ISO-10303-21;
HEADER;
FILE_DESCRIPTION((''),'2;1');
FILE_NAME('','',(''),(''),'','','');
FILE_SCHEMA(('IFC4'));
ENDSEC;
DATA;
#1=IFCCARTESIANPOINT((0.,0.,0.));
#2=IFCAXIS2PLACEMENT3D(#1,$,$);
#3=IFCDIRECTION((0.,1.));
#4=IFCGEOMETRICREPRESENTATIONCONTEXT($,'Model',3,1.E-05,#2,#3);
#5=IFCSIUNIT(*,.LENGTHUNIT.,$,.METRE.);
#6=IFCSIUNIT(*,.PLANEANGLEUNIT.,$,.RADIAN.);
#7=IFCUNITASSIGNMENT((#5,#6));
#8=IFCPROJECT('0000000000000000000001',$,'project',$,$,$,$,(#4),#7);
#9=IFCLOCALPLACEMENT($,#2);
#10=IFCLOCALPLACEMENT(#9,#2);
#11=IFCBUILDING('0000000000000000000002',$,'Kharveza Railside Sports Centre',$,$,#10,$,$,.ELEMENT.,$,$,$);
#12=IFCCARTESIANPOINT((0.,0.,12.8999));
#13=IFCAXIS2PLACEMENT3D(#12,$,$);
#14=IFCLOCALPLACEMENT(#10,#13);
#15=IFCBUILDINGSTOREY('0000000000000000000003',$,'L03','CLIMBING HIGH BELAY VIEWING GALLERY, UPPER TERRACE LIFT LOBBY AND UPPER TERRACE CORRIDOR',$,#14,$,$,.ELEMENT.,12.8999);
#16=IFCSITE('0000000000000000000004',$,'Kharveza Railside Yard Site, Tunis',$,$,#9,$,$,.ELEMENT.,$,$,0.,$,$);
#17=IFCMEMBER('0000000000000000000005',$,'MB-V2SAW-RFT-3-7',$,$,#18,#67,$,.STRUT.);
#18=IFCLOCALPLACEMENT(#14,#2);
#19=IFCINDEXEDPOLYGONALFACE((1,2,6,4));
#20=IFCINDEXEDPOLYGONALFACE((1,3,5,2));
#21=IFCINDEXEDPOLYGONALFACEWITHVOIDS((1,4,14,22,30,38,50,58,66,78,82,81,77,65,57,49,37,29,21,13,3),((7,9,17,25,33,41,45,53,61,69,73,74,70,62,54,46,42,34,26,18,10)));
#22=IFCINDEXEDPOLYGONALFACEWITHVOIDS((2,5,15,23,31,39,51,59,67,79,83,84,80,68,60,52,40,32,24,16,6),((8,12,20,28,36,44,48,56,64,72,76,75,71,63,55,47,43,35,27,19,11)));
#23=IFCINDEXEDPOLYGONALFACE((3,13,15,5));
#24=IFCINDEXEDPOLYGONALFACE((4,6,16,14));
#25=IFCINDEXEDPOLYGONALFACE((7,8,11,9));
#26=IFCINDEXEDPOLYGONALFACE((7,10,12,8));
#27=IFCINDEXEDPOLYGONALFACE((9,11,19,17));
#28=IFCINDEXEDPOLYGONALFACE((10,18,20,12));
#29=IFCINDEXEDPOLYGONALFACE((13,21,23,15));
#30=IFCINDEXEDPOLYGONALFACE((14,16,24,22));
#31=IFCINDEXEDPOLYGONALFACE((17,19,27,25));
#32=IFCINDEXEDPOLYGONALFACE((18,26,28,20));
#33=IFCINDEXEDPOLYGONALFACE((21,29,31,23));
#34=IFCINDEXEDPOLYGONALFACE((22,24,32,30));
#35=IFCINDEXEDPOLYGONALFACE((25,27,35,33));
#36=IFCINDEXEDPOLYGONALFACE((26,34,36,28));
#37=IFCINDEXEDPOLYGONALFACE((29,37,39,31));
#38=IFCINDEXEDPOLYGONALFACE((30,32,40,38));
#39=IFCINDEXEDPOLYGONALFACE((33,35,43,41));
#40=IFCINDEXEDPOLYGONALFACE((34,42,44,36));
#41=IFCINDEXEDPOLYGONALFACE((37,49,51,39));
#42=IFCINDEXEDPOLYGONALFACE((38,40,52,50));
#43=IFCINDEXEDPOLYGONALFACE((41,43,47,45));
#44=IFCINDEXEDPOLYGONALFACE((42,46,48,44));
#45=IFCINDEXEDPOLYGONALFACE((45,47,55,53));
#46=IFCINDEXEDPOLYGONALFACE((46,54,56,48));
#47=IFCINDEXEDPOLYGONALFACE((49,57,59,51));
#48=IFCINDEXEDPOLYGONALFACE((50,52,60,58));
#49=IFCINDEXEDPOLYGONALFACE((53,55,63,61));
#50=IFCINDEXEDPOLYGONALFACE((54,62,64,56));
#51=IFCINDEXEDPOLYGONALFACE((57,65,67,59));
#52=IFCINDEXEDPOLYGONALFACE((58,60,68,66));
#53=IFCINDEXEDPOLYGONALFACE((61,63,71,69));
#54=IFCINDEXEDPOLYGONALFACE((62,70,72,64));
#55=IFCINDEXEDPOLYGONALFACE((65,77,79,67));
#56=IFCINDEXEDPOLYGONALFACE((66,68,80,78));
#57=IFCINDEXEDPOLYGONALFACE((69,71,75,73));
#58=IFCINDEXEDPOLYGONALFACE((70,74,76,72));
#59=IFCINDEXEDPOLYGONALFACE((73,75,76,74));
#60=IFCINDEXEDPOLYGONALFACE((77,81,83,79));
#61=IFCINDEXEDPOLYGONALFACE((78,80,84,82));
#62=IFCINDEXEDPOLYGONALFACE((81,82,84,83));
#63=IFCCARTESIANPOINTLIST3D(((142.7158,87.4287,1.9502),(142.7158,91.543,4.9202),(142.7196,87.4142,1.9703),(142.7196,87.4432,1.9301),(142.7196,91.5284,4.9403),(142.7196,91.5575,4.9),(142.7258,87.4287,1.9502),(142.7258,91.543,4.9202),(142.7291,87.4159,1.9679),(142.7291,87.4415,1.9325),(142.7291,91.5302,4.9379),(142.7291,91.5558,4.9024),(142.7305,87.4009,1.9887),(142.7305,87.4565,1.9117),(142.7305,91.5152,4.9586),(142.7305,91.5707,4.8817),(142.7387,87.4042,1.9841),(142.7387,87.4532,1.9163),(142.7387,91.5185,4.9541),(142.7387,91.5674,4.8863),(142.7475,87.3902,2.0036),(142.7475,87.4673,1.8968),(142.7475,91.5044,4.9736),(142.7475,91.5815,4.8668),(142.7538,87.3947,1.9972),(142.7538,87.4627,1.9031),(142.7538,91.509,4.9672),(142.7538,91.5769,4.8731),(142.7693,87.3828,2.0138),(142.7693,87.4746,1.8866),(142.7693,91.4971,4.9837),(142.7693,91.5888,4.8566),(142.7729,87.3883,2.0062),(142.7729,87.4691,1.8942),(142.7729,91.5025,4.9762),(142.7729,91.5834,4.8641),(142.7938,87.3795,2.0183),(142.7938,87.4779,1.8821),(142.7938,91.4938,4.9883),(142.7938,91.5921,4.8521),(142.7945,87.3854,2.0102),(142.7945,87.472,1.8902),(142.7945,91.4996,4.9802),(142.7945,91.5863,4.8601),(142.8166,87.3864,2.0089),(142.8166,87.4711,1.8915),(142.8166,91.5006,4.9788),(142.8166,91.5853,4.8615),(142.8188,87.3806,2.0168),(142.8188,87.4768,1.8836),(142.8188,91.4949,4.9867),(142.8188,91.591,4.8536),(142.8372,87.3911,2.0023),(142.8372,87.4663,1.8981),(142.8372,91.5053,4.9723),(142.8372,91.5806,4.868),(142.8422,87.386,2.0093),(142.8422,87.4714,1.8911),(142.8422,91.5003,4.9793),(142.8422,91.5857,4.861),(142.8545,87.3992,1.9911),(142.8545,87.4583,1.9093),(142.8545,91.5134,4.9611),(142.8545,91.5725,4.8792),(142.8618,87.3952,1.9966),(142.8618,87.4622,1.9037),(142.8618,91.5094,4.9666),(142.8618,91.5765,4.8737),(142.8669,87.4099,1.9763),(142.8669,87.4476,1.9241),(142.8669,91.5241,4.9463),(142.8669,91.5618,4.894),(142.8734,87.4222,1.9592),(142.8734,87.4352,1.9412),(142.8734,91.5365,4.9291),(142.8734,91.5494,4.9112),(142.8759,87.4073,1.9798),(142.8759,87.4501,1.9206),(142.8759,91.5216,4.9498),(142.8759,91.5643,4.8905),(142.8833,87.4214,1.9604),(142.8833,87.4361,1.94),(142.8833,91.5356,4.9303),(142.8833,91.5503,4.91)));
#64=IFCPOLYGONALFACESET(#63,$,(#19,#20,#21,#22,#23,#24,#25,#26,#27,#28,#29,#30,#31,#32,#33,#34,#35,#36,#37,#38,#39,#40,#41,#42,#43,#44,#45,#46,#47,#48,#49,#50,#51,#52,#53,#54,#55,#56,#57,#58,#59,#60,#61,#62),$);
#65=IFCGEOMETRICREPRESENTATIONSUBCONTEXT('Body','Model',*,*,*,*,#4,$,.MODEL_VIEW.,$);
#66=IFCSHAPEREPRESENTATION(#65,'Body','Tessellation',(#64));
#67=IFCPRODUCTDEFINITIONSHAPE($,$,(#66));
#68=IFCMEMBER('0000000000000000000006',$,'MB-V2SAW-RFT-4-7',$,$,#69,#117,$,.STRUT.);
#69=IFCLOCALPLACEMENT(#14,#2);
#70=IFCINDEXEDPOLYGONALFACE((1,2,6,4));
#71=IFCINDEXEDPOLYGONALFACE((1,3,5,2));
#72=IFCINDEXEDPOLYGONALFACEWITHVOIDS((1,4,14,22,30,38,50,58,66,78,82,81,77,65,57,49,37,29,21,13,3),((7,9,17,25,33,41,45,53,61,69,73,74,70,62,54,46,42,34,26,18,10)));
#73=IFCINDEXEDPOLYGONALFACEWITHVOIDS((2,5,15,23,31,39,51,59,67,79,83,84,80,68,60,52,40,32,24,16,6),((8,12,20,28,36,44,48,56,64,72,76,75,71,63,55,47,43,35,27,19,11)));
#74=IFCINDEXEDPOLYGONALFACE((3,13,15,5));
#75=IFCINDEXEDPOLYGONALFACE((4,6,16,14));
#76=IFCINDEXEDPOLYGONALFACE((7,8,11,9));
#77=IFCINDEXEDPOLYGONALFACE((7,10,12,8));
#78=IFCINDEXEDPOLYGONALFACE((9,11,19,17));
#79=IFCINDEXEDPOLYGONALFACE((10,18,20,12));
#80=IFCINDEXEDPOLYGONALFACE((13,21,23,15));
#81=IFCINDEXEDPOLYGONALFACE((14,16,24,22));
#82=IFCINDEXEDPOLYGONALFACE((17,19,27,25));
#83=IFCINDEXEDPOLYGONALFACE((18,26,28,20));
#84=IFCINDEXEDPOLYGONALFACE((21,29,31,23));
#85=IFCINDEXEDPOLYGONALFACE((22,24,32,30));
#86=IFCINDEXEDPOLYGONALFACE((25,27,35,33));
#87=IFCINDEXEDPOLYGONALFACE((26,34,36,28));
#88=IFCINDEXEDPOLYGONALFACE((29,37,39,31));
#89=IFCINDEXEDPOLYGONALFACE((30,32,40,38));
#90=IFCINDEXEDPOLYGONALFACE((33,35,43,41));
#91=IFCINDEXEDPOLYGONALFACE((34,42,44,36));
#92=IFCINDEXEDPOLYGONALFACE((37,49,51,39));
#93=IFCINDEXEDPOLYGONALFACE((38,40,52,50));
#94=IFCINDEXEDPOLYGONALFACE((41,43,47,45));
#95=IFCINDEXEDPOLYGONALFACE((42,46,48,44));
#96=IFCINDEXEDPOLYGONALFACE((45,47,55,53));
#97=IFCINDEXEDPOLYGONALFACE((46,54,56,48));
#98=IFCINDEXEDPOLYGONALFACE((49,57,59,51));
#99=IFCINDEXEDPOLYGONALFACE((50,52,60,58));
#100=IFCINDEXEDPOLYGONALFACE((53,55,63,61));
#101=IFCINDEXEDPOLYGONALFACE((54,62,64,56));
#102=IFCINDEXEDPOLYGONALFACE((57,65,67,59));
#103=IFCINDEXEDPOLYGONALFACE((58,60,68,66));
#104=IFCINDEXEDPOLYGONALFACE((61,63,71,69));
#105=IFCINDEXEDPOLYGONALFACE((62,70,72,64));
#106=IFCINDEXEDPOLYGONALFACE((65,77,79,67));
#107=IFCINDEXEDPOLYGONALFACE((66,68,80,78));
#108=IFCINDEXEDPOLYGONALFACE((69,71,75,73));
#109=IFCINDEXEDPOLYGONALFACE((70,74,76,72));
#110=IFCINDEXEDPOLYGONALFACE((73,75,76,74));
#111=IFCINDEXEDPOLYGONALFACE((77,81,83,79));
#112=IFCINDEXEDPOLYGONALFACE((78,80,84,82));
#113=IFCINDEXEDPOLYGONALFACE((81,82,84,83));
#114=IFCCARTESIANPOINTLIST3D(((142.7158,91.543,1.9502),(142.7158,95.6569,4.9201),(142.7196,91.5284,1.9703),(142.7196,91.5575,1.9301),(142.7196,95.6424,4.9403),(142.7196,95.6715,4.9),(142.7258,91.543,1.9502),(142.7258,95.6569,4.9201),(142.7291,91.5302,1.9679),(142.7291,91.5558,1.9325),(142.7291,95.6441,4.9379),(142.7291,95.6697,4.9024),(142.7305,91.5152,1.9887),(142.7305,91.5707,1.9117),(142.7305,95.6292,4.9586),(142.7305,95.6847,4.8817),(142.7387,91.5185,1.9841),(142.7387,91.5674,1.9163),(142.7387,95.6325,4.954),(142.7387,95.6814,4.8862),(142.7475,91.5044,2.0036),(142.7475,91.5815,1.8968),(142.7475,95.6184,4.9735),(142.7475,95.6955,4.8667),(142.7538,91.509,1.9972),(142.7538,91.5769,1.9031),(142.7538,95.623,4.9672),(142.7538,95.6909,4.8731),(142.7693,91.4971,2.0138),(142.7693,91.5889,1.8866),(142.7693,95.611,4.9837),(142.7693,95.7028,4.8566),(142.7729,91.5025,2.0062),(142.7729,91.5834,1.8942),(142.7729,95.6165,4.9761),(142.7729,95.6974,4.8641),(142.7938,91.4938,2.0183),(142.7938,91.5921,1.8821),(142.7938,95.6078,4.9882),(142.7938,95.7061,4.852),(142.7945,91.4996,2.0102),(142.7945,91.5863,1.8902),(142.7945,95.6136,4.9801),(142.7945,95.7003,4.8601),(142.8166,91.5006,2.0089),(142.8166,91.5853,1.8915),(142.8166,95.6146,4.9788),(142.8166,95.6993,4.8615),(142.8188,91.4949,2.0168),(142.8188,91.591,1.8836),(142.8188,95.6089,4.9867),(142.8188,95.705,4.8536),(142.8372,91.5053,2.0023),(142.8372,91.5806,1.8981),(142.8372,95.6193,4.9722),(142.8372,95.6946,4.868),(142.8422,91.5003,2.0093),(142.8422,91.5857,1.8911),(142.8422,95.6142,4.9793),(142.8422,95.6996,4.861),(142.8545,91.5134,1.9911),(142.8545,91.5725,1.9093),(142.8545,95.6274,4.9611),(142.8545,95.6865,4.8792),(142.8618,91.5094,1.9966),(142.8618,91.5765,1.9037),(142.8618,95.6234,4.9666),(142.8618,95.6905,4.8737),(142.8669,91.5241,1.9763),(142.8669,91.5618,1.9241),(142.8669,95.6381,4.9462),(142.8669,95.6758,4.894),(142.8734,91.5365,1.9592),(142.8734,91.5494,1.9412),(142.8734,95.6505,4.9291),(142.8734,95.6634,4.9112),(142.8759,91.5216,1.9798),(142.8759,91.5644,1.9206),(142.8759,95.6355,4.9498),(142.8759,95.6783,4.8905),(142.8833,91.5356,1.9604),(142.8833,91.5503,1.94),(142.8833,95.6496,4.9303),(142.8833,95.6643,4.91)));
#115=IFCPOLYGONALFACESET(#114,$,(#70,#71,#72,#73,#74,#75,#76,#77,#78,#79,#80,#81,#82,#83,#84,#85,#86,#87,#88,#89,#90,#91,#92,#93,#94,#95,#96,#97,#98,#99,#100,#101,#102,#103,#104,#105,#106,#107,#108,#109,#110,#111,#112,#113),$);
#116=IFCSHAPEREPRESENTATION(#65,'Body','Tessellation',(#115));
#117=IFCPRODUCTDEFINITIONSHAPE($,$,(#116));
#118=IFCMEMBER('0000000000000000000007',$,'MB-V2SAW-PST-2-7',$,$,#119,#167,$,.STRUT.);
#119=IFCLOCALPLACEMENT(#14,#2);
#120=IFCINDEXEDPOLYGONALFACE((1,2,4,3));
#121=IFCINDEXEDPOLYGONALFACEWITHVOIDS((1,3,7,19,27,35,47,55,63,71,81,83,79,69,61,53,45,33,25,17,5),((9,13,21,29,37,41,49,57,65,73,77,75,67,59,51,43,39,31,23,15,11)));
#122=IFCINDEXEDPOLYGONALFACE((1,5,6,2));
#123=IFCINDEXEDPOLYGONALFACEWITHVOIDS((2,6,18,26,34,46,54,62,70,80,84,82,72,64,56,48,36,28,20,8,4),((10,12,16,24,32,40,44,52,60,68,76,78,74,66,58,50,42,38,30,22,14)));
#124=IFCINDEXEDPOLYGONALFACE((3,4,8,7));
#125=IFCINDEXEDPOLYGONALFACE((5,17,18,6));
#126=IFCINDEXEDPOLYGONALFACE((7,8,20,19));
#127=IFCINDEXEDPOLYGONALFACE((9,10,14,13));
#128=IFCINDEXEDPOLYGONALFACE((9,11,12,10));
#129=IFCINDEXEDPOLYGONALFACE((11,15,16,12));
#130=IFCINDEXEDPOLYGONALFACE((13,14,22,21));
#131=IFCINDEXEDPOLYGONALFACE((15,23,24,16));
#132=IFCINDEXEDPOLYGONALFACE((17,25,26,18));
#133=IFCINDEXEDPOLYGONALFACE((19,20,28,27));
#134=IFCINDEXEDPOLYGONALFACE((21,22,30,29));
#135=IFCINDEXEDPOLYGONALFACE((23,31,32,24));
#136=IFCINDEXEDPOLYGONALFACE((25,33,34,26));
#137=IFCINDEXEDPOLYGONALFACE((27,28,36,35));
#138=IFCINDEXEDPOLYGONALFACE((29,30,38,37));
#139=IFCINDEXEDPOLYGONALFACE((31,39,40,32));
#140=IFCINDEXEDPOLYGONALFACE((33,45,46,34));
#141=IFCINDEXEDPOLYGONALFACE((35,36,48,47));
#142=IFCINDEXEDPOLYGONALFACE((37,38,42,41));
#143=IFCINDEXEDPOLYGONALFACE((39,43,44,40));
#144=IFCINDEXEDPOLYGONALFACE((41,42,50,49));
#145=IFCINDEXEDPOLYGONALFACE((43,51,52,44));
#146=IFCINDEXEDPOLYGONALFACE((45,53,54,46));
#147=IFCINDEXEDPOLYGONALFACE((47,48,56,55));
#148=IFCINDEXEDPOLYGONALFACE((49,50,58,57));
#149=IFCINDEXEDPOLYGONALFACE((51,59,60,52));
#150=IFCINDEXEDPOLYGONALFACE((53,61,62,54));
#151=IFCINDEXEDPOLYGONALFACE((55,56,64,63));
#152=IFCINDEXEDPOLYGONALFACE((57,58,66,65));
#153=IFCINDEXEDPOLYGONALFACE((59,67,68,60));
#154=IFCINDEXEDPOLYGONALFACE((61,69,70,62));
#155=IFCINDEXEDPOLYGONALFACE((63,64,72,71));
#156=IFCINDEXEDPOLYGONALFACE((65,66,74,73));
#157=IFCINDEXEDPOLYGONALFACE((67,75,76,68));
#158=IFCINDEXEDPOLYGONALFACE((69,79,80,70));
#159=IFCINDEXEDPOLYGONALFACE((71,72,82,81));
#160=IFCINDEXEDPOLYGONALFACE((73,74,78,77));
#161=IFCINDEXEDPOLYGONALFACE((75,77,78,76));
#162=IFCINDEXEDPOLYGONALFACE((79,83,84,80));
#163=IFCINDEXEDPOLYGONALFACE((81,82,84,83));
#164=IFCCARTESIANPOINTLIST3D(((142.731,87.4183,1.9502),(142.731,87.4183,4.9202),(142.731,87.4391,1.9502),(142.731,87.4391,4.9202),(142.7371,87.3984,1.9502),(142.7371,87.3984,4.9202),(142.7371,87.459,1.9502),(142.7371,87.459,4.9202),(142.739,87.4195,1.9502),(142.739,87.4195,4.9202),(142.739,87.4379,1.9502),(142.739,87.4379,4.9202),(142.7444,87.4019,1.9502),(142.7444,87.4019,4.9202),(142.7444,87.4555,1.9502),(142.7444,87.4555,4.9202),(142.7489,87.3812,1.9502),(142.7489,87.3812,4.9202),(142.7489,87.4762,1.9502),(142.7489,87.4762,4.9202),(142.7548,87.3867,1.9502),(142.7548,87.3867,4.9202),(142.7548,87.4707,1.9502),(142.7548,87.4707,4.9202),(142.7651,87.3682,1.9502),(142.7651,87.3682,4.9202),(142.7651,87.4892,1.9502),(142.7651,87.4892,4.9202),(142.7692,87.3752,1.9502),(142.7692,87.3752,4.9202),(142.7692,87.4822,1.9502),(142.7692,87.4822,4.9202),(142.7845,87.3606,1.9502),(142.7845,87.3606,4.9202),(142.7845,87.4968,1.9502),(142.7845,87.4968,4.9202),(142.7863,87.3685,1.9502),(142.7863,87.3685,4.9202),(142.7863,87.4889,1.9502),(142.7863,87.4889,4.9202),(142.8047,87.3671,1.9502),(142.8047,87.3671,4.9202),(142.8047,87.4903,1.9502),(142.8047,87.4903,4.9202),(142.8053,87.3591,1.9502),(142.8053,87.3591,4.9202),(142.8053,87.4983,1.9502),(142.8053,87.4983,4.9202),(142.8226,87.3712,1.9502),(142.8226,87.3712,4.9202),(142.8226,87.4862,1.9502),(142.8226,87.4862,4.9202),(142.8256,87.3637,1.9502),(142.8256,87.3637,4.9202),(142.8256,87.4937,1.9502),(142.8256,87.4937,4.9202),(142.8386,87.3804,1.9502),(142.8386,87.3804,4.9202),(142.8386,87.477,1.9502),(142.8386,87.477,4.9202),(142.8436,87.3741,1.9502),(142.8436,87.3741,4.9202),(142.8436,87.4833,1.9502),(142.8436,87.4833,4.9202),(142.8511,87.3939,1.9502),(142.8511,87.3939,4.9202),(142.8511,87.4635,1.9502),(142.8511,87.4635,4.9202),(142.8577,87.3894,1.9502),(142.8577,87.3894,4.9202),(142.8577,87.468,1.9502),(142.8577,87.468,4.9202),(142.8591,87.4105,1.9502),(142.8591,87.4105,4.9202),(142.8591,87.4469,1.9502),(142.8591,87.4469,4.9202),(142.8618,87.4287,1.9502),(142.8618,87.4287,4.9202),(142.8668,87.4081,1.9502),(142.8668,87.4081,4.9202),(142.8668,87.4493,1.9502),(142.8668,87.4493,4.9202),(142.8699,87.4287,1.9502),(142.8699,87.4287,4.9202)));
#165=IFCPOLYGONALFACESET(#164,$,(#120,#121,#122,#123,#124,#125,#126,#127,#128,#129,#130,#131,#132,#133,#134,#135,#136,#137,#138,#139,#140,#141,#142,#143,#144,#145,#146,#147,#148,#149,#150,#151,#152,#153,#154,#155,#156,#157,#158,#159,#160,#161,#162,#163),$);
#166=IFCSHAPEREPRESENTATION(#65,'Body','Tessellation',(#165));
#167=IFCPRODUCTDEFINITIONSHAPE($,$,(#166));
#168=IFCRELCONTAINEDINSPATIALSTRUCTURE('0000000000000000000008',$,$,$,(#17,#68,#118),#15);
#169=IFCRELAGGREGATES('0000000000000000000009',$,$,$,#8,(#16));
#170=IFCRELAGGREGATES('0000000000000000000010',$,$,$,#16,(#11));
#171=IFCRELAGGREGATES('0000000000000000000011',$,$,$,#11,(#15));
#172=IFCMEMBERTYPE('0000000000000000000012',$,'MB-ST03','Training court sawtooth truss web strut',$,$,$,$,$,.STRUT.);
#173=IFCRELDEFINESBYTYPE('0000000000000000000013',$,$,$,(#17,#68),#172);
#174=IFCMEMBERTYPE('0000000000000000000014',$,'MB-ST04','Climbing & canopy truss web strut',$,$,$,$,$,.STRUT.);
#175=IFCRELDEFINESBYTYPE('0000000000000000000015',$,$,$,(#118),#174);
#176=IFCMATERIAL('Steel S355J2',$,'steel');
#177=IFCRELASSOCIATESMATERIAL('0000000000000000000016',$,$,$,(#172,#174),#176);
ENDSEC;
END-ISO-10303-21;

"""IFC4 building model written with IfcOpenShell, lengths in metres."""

from ifc_helpers import new_model, si_unit, direction, frame, origin, origin_2d, place, context, subcontext, project, spatial, hollow_circle, extrude, material, material_profile, profile_set, type_object, element, save


model = new_model("IFC4")

# Units and contexts
model_context = context("Model", 3, precision=1e-05, world=origin(), true_north=direction((0.0, 1.0)))
body_context = subcontext(model_context, "Body", "Model", "MODEL_VIEW")
ifc_project = project(units=[si_unit("LENGTHUNIT", "METRE"), si_unit("PLANEANGLEUNIT", "RADIAN")], contexts=[model_context])

# Site, building, storey
site_placement = place(None, origin())
site = spatial("IfcSite", under=ifc_project, at=site_placement, Name="Kharveza Railside Yard Site, Tunis", CompositionType="ELEMENT", RefElevation=0.0)
building_placement = place(site_placement, origin())
building = spatial("IfcBuilding", under=site, at=building_placement, Name="Kharveza Railside Sports Centre", CompositionType="ELEMENT")
storey_placement = place(building_placement, frame((0.0, 0.0, 12.8999)))
storey = spatial("IfcBuildingStorey", under=building, at=storey_placement, Name="L03", Description="CLIMBING HIGH BELAY VIEWING GALLERY, UPPER TERRACE LIFT LOBBY AND UPPER TERRACE CORRIDOR", CompositionType="ELEMENT", Elevation=12.8999)

# Shared definitions
ifc_material_1 = material(Name="Steel S355J2", Category="steel")

# Members
ifc_material_profile_1 = material_profile(ifc_material_1, hollow_circle(Radius=0.0842, WallThickness=0.01, at=origin_2d()), Name="CHS 168.3x10.0")
ifc_profile_set_1 = profile_set([ifc_material_profile_1], Name="Steel S355J2")
member_type_1 = type_object("IfcMemberType", Name="MB-ST03", Description="Training court sawtooth truss web strut", PredefinedType="STRUT", material=ifc_profile_set_1)
member_1_placement = place(storey_placement, frame((142.8, 87.4287, 1.9502), z_axis=(0.0, 0.810814, 0.585304), x_axis=(-1.0, 0.0, 0.0)))
element("IfcMember", 1, at=member_1_placement, inside=storey, type_object=member_type_1, Name="MB-V2SAW-RFT-3-7", PredefinedType="STRUT", context=body_context, shape_type="SweptSolid", body=[
    extrude(hollow_circle(Radius=0.0842, WallThickness=0.01, at=origin_2d()), origin(), (0.0, 0.0, 1.0), 5.0742),
])
member_2_placement = place(storey_placement, frame((142.8, 91.543, 1.9502), z_axis=(0.0, 0.810797, 0.585327), x_axis=(-1.0, 0.0, 0.0)))
element("IfcMember", 2, at=member_2_placement, inside=storey, type_object=member_type_1, Name="MB-V2SAW-RFT-4-7", PredefinedType="STRUT", context=body_context, shape_type="SweptSolid", body=[
    extrude(hollow_circle(Radius=0.0842, WallThickness=0.01, at=origin_2d()), origin(), (0.0, 0.0, 1.0), 5.074),
])
ifc_material_profile_2 = material_profile(ifc_material_1, hollow_circle(Radius=0.0698, WallThickness=0.0081, at=origin_2d()), Name="CHS 139.7x8.0")
ifc_profile_set_2 = profile_set([ifc_material_profile_2], Name="Steel S355J2")
member_type_2 = type_object("IfcMemberType", Name="MB-ST04", Description="Climbing & canopy truss web strut", PredefinedType="STRUT", material=ifc_profile_set_2)
for number, where, z_axis, x_axis, name in (
    (3, (142.8, 87.4287, 1.9502), (0.0, 0.0, 1.0), (1.0, 0.0, 0.0), "MB-V2SAW-PST-2-7"),
):
    element("IfcMember", number, at=place(storey_placement, frame(where, z_axis=z_axis, x_axis=x_axis)), inside=storey, type_object=member_type_2, Name=name, PredefinedType="STRUT", context=body_context, shape_type="SweptSolid", body=[
        extrude(hollow_circle(Radius=0.0698, WallThickness=0.0081, at=origin_2d()), origin(), (0.0, 0.0, 1.0), 2.97),
    ])

save(model, "model.ifc")
